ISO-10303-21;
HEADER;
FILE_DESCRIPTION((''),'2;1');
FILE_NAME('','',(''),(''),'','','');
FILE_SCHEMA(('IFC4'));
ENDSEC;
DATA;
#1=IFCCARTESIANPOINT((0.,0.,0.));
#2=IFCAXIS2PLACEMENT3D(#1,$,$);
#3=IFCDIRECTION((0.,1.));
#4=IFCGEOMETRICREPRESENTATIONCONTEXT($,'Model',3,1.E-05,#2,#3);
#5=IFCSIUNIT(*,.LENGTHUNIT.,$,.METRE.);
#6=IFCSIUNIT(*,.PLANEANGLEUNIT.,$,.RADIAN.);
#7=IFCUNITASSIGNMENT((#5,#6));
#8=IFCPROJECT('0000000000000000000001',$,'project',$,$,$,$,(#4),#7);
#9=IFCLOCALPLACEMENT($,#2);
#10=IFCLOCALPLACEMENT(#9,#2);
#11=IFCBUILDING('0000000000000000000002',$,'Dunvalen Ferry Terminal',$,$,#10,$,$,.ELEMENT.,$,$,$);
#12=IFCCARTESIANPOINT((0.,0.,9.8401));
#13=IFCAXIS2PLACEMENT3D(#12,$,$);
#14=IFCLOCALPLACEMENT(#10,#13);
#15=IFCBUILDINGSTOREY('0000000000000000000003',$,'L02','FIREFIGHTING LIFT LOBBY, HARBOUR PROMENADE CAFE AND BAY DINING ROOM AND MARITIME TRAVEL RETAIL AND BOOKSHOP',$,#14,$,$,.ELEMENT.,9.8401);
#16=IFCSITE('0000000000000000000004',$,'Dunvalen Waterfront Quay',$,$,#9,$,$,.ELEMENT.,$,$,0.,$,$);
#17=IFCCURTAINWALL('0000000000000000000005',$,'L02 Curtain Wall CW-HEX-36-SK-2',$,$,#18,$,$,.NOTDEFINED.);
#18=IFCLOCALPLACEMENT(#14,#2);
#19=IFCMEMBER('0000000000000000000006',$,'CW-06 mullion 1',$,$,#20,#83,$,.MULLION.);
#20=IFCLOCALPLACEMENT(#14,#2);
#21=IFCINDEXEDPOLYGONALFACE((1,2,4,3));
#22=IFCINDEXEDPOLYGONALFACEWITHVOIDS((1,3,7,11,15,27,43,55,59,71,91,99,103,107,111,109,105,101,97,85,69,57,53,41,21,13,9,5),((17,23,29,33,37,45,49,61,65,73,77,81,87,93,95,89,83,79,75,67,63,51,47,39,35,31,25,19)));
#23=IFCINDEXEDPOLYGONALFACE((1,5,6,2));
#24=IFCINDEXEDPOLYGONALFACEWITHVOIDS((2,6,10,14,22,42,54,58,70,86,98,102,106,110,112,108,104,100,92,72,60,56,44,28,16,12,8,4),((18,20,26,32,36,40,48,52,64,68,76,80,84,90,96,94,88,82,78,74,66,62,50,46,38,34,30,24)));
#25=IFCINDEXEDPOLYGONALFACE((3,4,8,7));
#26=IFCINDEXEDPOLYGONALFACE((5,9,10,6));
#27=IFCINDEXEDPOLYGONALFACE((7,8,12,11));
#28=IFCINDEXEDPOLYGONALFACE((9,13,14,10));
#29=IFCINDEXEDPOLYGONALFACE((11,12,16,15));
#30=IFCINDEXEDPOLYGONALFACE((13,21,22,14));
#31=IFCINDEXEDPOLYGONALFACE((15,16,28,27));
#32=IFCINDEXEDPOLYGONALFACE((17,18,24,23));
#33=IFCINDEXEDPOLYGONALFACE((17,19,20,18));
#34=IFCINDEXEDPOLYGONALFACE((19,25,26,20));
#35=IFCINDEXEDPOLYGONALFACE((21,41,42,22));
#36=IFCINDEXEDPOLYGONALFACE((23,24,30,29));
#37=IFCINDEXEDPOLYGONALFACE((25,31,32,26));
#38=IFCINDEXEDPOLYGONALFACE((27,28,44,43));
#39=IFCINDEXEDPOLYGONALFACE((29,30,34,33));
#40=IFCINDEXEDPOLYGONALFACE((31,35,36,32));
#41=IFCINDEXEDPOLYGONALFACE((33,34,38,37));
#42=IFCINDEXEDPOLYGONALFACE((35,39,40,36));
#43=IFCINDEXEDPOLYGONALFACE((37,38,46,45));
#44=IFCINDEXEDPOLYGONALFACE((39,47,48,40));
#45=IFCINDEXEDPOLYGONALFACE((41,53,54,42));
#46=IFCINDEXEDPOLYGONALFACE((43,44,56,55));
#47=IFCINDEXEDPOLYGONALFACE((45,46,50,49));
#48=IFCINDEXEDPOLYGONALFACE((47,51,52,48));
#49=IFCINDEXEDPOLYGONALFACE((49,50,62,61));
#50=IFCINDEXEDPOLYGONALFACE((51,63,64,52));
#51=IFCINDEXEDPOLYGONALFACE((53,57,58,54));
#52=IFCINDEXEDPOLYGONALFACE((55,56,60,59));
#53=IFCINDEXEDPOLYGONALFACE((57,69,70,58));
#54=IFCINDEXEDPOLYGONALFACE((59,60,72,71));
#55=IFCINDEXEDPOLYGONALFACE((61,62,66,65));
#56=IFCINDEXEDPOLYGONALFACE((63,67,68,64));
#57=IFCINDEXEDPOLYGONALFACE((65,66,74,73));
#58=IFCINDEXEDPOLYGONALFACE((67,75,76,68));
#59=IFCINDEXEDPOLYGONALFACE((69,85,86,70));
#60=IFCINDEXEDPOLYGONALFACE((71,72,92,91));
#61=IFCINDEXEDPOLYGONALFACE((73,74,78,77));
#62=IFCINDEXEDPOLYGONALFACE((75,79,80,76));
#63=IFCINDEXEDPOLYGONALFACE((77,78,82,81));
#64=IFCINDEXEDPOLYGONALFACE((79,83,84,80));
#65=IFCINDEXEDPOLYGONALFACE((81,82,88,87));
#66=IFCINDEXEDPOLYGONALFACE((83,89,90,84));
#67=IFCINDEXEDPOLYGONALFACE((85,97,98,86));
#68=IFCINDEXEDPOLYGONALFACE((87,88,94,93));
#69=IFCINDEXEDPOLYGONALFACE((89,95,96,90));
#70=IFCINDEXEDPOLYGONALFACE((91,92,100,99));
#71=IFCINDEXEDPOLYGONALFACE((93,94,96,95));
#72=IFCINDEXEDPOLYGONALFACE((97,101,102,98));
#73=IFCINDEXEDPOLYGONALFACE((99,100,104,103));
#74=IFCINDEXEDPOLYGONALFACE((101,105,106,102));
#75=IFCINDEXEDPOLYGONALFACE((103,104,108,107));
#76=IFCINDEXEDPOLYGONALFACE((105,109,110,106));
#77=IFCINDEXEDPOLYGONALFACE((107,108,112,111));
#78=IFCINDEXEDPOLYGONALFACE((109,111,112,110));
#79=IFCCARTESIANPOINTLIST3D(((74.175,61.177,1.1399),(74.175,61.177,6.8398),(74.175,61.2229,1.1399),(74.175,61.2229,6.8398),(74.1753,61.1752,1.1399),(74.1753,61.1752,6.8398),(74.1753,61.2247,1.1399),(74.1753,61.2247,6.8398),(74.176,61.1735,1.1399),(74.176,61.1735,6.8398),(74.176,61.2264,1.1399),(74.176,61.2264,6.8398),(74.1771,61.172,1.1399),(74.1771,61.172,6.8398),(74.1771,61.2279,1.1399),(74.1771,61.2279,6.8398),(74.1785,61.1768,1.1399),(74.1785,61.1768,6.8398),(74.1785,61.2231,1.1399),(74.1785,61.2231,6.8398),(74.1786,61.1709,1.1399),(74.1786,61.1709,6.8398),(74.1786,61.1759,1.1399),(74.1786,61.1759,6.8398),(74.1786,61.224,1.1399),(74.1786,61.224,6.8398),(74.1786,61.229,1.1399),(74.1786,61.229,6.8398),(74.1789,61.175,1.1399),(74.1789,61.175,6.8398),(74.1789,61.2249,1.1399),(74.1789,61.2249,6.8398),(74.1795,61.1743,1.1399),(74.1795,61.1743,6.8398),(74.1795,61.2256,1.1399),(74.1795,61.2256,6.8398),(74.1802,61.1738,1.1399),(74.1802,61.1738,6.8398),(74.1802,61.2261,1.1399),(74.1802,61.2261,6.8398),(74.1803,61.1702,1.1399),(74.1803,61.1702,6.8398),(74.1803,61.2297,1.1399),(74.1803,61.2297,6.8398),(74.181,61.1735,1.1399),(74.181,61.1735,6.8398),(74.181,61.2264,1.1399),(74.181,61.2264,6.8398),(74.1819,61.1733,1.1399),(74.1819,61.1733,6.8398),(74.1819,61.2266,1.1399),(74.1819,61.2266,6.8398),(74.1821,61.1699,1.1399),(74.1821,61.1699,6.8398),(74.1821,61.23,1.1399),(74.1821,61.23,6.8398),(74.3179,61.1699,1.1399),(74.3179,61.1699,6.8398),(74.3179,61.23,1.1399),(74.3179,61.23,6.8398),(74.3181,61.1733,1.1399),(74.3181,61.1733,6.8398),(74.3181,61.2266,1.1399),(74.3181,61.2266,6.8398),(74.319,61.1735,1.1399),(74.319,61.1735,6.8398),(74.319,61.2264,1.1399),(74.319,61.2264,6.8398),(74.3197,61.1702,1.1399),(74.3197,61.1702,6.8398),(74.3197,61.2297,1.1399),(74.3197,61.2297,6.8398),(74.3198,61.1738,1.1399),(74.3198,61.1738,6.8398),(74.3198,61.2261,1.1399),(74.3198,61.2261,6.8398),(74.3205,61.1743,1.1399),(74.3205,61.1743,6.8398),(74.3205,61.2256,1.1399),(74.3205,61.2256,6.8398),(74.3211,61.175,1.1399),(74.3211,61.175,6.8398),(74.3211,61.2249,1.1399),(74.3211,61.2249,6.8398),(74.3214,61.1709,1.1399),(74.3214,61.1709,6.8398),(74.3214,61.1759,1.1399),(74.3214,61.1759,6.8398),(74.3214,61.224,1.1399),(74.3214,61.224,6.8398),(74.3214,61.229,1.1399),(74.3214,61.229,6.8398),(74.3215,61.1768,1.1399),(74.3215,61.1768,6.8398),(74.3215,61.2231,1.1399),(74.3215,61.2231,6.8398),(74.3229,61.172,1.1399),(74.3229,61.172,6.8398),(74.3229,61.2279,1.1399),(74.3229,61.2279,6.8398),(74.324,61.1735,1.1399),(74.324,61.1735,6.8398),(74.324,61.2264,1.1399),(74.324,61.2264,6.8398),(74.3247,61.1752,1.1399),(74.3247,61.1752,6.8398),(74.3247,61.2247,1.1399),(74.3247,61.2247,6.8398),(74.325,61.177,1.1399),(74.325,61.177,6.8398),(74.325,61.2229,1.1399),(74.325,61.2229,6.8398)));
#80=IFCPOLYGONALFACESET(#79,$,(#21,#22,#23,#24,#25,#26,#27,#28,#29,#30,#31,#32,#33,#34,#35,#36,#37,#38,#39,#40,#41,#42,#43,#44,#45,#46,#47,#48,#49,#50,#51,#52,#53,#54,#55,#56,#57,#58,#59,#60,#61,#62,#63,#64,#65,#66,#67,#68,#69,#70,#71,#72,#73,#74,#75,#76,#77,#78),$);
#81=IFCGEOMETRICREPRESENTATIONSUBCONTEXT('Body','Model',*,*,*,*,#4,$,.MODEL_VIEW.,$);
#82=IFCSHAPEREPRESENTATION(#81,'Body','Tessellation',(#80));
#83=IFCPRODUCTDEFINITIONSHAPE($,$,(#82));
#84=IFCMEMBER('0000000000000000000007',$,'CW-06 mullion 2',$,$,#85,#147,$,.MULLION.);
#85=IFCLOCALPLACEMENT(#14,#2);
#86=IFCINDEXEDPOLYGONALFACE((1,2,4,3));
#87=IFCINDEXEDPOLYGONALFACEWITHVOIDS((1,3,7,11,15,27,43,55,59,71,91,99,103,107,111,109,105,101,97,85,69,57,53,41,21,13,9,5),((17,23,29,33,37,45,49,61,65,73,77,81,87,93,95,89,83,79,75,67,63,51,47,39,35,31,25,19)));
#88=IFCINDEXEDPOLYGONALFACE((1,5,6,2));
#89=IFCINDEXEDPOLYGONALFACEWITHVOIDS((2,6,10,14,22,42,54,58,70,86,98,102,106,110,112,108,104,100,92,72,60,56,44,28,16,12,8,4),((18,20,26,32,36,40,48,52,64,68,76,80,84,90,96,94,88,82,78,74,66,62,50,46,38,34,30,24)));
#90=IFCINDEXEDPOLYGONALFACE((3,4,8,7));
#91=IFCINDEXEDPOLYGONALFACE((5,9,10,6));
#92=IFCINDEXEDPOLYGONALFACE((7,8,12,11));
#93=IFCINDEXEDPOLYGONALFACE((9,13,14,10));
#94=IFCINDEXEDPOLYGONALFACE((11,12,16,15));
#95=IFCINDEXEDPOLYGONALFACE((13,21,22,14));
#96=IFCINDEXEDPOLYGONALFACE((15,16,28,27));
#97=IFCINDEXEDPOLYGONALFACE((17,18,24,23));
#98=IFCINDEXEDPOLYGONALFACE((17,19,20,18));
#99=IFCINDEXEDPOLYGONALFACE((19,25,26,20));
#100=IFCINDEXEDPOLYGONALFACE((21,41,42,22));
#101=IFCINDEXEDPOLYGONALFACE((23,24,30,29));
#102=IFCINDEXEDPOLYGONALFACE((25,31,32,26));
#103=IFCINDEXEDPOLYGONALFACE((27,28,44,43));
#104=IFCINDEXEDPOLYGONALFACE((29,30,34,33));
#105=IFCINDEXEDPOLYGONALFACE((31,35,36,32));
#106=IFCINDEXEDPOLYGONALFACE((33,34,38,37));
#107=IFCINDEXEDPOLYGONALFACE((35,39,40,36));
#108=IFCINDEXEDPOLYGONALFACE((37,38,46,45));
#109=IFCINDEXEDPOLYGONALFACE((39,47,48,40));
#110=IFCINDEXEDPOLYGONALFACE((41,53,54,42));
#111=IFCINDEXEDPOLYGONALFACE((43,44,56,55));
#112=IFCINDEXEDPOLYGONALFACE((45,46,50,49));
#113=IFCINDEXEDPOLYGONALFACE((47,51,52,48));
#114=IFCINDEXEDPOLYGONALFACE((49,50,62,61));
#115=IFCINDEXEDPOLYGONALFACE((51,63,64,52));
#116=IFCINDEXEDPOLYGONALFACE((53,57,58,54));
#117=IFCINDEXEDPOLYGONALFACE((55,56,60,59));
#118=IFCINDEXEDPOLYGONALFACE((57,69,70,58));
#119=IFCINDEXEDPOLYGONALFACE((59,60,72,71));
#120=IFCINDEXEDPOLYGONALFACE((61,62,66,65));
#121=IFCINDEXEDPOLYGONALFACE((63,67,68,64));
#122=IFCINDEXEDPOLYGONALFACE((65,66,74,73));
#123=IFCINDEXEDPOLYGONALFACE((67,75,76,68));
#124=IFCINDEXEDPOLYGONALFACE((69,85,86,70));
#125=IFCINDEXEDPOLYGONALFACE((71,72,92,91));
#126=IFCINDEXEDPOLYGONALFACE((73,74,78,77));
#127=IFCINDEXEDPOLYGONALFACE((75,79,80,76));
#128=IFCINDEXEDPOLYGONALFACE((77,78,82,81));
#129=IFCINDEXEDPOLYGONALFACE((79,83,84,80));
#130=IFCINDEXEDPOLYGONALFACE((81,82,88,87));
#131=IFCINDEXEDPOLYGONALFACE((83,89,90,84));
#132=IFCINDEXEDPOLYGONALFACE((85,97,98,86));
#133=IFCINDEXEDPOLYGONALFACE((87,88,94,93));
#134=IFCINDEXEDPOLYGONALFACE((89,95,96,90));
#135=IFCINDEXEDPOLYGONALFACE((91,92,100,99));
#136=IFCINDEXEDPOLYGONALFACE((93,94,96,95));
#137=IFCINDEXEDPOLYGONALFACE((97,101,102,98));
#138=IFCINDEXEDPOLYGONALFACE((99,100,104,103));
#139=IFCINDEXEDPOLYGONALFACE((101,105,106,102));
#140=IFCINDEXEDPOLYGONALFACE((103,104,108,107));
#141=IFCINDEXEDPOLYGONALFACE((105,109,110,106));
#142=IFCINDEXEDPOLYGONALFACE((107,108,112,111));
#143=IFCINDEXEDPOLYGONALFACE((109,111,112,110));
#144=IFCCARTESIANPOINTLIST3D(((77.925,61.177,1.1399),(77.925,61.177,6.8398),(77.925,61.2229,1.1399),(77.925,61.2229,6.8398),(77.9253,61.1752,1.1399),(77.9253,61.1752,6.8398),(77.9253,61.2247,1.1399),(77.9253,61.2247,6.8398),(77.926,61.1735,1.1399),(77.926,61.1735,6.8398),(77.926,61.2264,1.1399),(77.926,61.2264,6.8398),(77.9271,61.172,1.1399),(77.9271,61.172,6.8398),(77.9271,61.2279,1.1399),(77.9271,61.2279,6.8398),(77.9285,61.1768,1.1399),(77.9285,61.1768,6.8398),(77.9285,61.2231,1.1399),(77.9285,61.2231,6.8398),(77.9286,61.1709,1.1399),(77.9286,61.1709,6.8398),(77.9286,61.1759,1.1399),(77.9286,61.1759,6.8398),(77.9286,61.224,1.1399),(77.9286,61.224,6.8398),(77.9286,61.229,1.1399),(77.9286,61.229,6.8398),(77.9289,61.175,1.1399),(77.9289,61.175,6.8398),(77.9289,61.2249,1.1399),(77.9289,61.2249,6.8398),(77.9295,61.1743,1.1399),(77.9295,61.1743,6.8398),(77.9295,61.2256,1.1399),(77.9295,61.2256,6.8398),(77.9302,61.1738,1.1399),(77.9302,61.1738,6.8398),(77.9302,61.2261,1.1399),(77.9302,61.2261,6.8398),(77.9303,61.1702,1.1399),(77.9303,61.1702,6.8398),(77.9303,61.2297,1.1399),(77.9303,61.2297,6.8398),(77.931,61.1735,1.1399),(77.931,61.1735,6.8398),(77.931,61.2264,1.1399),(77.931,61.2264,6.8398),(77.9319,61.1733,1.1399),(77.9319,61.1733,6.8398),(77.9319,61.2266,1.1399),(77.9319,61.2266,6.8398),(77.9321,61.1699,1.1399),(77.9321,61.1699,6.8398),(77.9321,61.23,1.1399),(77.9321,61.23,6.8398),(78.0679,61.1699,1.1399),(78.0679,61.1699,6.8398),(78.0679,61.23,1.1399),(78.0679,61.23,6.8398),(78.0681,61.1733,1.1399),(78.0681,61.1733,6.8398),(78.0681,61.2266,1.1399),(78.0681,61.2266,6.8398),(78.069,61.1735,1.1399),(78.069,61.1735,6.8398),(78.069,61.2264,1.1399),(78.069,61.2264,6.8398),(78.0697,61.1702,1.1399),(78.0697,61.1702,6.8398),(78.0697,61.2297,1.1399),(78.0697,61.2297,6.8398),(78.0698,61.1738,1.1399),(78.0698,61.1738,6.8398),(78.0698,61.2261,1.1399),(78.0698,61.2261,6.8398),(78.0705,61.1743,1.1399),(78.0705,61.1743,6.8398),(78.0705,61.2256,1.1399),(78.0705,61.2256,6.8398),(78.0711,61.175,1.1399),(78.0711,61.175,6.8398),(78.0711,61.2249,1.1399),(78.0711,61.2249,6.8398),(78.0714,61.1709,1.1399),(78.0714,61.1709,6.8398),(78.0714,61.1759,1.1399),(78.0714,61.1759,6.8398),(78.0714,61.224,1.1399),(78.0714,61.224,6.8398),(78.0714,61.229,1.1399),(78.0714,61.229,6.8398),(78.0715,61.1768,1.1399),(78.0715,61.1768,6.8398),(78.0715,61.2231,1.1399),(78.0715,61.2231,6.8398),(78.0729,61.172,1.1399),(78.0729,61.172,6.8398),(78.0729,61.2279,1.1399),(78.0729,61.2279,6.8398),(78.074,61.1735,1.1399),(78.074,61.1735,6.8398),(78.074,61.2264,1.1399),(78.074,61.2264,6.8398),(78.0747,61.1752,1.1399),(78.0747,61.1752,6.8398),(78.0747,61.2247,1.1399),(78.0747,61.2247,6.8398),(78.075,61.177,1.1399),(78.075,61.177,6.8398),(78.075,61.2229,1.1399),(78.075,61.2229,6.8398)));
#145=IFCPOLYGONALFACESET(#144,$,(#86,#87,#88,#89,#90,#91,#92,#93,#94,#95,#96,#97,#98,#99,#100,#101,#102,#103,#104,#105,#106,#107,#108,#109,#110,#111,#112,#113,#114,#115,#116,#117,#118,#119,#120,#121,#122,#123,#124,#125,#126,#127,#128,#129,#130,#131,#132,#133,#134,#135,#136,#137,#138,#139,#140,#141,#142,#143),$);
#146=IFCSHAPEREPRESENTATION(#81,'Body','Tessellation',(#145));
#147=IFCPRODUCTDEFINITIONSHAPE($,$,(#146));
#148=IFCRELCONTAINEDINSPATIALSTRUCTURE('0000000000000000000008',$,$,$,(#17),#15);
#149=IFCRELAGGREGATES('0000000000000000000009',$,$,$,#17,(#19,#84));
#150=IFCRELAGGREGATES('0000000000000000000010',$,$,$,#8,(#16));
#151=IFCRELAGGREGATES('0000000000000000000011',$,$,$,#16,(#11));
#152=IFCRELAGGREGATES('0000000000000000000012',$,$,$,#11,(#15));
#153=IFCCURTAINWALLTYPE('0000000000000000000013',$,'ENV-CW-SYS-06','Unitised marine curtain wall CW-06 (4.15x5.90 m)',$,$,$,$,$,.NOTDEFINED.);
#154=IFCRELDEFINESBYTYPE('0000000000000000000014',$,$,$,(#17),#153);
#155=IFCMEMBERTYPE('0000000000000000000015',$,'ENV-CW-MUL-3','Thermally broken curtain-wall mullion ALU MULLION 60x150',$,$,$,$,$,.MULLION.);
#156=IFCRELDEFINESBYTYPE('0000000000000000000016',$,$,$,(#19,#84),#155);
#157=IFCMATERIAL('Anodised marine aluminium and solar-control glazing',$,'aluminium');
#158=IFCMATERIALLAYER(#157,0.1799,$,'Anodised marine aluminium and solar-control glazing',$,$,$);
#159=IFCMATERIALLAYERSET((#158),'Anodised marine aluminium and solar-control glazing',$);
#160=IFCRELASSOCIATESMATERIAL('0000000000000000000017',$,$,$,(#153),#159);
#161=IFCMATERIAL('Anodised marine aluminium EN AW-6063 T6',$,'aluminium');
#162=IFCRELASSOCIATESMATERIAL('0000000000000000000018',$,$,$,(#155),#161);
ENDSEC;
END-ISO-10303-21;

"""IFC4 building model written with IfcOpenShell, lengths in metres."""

from ifc_helpers import new_model, si_unit, direction, frame, origin, origin_2d, place, context, subcontext, project, spatial, hollow_rectangle, extrude, material, layer, layer_set, material_profile, profile_set, type_object, element, aggregate, save


model = new_model("IFC4")

# Units and contexts
model_context = context("Model", 3, precision=1e-05, world=origin(), true_north=direction((0.0, 1.0)))
body_context = subcontext(model_context, "Body", "Model", "MODEL_VIEW")
ifc_project = project(units=[si_unit("LENGTHUNIT", "METRE"), si_unit("PLANEANGLEUNIT", "RADIAN")], contexts=[model_context])

# Site, building, storey
site_placement = place(None, origin())
site = spatial("IfcSite", under=ifc_project, at=site_placement, Name="Dunvalen Waterfront Quay", CompositionType="ELEMENT", RefElevation=0.0)
building_placement = place(site_placement, origin())
building = spatial("IfcBuilding", under=site, at=building_placement, Name="Dunvalen Ferry Terminal", CompositionType="ELEMENT")
storey_placement = place(building_placement, frame((0.0, 0.0, 9.8401)))
storey = spatial("IfcBuildingStorey", under=building, at=storey_placement, Name="L02", Description="FIREFIGHTING LIFT LOBBY, HARBOUR PROMENADE CAFE AND BAY DINING ROOM AND MARITIME TRAVEL RETAIL AND BOOKSHOP", CompositionType="ELEMENT", Elevation=9.8401)

# Curtain wall, members
ifc_material_1 = material(Name="Anodised marine aluminium and solar-control glazing", Category="aluminium")
ifc_layer_1 = layer(ifc_material_1, 0.1799, Name="Anodised marine aluminium and solar-control glazing")
ifc_layer_set_1 = layer_set([ifc_layer_1], Name="Anodised marine aluminium and solar-control glazing")
curtain_wall_type = type_object("IfcCurtainWallType", Name="ENV-CW-SYS-06", Description="Unitised marine curtain wall CW-06 (4.15x5.90 m)", PredefinedType="NOTDEFINED", material=ifc_layer_set_1)
curtain_wall_placement = place(storey_placement, origin())
curtain_wall = element("IfcCurtainWall", 1, at=curtain_wall_placement, inside=storey, type_object=curtain_wall_type, Name="L02 Curtain Wall CW-HEX-36-SK-2", PredefinedType="NOTDEFINED")
ifc_material_2 = material(Name="Anodised marine aluminium EN AW-6063 T6", Category="aluminium")
ifc_material_profile_1 = material_profile(ifc_material_2, hollow_rectangle(XDim=0.0601, YDim=0.1499, WallThickness=0.0034, InnerFilletRadius=0.0034, OuterFilletRadius=0.0071, at=origin_2d()), Name="Anodised marine aluminium EN AW-6063 T6")
ifc_profile_set_1 = profile_set([ifc_material_profile_1], Name="Anodised marine aluminium EN AW-6063 T6")
member_type_1 = type_object("IfcMemberType", Name="ENV-CW-MUL-3", Description="Thermally broken curtain-wall mullion ALU MULLION 60x150", PredefinedType="MULLION", material=ifc_profile_set_1)
member_1_placement = place(storey_placement, frame((74.25, 61.2, 1.1399), z_axis=(0.0, 0.0, 1.0), x_axis=(0.0, 1.0, 0.0)))
member_1 = element("IfcMember", 2, at=member_1_placement, type_object=member_type_1, Name="CW-06 mullion 1", PredefinedType="MULLION", context=body_context, shape_type="SweptSolid", body=[
    extrude(hollow_rectangle(XDim=0.0601, YDim=0.1499, WallThickness=0.0034, InnerFilletRadius=0.0034, OuterFilletRadius=0.0071, at=origin_2d()), origin(), (0.0, 0.0, 1.0), 5.7),
])
member_2_placement = place(storey_placement, frame((78.0, 61.2, 1.1399), z_axis=(0.0, 0.0, 1.0), x_axis=(0.0, 1.0, 0.0)))
member_2 = element("IfcMember", 3, at=member_2_placement, type_object=member_type_1, Name="CW-06 mullion 2", PredefinedType="MULLION", context=body_context, shape_type="SweptSolid", body=[
    extrude(hollow_rectangle(XDim=0.0601, YDim=0.1499, WallThickness=0.0034, InnerFilletRadius=0.0034, OuterFilletRadius=0.0071, at=origin_2d()), origin(), (0.0, 0.0, 1.0), 5.7),
])

aggregate(curtain_wall, [member_1, member_2])

save(model, "model.ifc")
